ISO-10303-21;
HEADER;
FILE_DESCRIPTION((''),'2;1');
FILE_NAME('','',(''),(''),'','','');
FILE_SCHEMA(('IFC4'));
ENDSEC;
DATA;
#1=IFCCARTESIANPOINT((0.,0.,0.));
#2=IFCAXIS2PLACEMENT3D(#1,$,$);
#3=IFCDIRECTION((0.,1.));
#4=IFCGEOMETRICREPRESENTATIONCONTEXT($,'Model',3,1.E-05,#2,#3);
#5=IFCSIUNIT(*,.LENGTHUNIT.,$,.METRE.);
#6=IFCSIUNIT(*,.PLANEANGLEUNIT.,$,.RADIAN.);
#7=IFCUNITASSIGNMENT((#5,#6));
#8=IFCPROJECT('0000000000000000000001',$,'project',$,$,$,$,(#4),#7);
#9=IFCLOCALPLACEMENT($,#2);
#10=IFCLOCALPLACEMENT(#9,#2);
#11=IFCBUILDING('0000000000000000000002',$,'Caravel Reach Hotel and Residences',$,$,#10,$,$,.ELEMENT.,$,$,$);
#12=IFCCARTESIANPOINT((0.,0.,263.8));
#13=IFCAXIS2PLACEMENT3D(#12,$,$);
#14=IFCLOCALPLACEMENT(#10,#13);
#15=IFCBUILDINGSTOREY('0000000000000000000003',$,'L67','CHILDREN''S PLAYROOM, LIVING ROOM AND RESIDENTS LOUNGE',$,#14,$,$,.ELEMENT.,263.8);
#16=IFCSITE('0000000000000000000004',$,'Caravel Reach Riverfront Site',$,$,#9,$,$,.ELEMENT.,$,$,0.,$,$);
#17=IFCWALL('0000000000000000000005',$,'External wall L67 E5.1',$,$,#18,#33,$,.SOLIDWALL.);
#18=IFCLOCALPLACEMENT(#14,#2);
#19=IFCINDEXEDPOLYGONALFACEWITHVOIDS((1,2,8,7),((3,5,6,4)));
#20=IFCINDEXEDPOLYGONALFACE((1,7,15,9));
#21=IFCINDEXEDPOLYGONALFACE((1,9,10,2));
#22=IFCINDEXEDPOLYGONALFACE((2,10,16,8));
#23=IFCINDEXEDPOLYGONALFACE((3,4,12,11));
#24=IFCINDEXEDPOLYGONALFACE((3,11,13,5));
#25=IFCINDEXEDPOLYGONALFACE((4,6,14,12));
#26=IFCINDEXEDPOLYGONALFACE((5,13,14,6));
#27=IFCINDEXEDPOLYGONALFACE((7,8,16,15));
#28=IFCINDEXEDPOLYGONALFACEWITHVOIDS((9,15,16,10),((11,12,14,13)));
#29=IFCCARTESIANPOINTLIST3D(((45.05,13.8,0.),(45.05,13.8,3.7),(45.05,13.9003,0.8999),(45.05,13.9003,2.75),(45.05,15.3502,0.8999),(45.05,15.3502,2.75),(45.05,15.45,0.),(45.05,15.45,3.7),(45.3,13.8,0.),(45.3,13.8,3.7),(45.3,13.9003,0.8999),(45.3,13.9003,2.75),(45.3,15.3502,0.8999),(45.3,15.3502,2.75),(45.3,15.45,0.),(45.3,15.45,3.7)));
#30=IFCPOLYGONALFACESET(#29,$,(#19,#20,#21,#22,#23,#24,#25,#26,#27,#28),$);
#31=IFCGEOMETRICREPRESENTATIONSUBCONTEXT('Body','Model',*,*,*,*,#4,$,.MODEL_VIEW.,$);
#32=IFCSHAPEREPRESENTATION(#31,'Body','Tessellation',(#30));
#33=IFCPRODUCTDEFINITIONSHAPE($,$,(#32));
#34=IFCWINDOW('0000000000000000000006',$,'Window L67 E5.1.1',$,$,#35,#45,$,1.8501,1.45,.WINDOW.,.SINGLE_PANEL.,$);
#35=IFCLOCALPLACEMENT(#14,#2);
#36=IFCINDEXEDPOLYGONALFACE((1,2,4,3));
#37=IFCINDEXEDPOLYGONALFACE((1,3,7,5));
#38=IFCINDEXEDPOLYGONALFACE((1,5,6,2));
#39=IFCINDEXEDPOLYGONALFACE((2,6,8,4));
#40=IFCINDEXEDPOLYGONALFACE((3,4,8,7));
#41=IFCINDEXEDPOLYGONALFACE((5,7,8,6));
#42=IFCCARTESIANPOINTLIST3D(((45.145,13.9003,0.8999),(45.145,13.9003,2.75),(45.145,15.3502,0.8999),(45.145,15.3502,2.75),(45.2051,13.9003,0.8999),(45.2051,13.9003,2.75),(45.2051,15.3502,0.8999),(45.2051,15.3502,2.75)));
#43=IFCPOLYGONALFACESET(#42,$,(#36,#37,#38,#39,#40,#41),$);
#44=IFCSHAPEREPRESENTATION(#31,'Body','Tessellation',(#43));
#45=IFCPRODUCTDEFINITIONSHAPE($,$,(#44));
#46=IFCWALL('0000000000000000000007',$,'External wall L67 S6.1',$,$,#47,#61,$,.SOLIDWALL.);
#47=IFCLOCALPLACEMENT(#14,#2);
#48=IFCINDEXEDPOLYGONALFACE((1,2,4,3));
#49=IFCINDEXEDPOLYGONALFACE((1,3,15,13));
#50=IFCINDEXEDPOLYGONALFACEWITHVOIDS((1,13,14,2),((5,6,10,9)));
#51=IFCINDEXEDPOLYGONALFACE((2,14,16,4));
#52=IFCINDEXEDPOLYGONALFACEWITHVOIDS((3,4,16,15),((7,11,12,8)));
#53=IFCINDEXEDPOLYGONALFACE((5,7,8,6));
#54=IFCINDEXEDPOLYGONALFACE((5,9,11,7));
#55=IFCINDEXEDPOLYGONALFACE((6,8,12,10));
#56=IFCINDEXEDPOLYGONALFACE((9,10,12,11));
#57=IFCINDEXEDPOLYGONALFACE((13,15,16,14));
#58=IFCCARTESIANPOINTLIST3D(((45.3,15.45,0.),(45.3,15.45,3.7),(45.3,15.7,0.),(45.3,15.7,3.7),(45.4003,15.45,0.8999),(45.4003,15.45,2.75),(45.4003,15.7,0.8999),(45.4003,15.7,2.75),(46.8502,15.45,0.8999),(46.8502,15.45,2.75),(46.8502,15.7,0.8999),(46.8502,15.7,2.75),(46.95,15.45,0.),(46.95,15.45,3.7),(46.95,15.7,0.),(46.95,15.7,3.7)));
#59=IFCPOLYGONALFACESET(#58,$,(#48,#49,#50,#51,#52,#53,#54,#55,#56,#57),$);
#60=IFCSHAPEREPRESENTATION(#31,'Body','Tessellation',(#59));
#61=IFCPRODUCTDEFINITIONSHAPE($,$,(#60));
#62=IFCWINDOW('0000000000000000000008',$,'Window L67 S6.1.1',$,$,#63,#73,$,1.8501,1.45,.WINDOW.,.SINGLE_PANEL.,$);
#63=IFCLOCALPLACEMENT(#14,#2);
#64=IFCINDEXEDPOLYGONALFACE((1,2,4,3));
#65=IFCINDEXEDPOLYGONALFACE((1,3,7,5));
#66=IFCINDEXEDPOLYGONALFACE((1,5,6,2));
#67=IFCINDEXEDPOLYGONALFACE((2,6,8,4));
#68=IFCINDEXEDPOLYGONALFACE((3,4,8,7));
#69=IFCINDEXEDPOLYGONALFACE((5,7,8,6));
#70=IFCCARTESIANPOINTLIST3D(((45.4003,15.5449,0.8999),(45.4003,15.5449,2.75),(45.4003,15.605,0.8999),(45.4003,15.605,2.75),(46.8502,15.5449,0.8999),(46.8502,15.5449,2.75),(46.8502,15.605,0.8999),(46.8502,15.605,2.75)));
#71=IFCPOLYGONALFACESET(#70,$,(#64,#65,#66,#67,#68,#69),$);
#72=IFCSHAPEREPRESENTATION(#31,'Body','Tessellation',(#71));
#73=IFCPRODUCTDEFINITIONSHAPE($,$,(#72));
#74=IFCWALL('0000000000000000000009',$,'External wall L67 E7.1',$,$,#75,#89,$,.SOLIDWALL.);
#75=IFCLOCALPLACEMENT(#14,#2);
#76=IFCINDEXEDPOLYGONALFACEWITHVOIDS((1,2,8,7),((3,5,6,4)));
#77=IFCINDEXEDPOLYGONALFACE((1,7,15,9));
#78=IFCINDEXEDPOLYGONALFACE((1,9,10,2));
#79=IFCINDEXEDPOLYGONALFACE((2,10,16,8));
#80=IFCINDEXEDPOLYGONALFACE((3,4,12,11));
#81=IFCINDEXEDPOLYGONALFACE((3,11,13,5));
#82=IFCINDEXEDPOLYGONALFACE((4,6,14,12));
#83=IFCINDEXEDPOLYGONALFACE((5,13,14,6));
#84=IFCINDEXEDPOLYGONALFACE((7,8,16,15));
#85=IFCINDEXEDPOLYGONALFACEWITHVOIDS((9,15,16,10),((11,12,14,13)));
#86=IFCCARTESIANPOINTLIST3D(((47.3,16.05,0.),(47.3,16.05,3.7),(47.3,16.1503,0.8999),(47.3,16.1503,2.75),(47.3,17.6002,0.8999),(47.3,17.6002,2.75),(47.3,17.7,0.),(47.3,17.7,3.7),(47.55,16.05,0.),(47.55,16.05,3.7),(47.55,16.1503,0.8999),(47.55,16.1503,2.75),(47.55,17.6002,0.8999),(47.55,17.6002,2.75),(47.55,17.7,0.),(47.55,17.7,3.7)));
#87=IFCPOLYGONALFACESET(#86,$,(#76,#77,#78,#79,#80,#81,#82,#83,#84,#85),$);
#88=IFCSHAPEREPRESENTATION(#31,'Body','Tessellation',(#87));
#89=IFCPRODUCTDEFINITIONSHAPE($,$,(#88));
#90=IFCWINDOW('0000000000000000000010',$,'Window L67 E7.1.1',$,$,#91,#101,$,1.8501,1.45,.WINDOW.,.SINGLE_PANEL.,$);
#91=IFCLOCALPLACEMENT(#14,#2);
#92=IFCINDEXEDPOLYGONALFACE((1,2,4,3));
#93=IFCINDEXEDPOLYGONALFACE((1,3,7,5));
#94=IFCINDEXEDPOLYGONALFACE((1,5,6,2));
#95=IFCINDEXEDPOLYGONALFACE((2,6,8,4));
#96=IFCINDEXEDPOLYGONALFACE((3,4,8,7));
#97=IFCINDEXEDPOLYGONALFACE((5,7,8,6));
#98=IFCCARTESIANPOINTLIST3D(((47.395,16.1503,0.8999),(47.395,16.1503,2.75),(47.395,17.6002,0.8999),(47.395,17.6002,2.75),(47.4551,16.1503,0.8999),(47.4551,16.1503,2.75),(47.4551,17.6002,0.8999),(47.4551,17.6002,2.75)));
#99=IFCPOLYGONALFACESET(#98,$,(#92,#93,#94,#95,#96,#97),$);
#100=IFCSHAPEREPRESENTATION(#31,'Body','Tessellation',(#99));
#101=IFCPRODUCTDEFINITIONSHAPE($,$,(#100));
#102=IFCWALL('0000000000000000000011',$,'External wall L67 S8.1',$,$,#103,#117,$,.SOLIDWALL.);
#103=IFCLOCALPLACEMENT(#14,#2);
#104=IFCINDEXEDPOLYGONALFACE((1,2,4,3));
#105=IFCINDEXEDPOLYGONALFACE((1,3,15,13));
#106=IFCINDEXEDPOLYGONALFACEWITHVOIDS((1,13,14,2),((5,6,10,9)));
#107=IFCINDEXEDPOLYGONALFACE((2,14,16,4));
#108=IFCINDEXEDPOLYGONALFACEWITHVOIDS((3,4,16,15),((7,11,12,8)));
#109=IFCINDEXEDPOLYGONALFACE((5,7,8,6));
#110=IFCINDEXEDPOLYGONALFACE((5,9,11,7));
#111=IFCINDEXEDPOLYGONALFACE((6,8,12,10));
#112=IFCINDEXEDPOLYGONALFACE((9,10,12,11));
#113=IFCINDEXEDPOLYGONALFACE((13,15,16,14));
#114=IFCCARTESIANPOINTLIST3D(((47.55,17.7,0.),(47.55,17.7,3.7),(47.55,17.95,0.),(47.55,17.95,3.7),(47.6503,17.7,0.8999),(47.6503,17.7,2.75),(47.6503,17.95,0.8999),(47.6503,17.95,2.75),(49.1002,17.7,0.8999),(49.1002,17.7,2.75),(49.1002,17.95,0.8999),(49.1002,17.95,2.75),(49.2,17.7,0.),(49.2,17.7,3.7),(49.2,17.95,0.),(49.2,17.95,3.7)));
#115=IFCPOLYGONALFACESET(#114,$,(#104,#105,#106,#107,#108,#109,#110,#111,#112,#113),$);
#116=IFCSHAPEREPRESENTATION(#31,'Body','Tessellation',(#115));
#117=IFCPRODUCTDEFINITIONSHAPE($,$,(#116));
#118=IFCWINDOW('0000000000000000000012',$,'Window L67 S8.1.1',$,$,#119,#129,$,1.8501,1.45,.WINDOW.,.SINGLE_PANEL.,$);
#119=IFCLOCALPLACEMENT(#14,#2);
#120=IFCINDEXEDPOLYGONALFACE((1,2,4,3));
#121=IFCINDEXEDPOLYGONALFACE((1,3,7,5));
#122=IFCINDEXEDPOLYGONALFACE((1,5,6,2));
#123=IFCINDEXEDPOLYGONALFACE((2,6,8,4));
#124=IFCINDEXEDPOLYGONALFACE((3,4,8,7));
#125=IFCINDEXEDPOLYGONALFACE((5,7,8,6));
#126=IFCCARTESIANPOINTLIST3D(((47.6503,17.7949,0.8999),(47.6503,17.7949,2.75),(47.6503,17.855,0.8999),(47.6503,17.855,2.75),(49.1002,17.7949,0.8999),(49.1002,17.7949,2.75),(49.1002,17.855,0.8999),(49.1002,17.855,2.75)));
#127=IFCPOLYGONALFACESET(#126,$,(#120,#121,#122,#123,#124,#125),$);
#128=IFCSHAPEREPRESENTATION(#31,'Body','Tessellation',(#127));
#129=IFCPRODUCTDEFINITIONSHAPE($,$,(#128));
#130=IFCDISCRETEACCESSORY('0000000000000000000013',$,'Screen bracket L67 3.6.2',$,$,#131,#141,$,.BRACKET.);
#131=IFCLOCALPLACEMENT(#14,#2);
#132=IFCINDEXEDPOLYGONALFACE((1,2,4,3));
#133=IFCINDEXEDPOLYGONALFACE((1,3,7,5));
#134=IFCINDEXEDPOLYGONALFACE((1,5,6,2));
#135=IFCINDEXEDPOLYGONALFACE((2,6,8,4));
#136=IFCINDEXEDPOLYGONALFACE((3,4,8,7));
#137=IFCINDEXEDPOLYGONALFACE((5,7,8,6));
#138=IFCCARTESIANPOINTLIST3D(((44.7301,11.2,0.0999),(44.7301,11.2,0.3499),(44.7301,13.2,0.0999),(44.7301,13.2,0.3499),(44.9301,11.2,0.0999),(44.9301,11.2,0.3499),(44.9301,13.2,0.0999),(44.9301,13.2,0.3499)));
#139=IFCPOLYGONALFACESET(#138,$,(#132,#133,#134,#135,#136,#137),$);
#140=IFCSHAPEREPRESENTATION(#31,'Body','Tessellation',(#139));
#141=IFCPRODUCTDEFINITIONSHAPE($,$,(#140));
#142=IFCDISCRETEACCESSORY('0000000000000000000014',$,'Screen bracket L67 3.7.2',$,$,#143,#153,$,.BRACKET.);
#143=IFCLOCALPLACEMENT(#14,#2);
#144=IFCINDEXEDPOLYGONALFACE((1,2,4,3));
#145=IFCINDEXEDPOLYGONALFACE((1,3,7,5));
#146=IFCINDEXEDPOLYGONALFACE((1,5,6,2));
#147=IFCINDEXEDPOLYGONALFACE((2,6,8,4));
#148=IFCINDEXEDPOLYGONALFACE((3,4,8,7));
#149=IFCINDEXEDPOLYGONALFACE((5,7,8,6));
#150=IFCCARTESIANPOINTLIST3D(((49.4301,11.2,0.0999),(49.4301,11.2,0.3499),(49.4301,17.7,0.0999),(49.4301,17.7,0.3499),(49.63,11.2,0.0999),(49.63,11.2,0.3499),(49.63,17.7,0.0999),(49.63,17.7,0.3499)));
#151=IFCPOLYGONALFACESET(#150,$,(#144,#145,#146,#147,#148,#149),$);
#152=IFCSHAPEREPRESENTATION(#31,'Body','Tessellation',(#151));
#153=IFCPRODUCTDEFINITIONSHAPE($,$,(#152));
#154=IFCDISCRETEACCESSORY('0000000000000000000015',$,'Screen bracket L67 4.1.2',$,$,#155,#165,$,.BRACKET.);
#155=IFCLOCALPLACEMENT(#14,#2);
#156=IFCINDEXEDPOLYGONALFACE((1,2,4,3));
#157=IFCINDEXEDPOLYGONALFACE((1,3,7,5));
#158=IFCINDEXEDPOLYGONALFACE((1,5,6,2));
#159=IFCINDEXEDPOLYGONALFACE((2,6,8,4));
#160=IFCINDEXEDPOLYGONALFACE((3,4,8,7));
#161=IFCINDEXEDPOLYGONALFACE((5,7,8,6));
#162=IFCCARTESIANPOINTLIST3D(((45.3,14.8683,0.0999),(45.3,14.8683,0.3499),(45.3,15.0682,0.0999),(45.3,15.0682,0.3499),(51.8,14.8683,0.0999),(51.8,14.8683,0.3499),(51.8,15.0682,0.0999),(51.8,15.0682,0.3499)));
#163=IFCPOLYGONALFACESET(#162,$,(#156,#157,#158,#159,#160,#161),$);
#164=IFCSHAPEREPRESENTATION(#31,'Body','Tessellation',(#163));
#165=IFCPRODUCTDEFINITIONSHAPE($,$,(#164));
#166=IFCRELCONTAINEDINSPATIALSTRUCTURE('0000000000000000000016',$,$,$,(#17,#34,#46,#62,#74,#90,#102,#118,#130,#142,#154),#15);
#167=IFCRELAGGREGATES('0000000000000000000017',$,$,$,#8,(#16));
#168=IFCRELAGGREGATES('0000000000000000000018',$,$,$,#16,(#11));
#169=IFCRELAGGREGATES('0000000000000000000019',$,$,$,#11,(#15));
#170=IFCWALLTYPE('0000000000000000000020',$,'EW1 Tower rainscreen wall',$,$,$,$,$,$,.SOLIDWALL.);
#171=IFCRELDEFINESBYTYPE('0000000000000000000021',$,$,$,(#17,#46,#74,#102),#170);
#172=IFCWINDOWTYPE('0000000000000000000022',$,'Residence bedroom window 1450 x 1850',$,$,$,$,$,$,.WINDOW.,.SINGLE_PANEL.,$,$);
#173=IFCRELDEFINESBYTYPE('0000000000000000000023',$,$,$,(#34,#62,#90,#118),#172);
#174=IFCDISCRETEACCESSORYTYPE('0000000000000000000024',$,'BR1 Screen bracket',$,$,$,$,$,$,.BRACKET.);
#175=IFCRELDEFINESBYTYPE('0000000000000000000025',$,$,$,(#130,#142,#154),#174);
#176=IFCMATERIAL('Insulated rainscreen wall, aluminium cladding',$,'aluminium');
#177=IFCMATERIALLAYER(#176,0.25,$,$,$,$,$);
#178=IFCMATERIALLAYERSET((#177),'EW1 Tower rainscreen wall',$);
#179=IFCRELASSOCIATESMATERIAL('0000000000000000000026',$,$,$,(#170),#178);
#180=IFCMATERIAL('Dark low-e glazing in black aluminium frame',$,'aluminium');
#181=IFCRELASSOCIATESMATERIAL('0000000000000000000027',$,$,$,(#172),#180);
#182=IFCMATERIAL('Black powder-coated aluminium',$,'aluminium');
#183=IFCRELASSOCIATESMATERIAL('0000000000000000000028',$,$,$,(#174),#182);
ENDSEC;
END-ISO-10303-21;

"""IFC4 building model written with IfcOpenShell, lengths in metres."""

from ifc_helpers import new_model, si_unit, direction, frame, frame_2d, origin, origin_2d, place, context, subcontext, project, spatial, rectangle, extrude, material, layer, layer_set, type_object, element, fill, save


model = new_model("IFC4")

# Units and contexts
model_context = context("Model", 3, precision=1e-05, world=origin(), true_north=direction((0.0, 1.0)))
body_context = subcontext(model_context, "Body", "Model", "MODEL_VIEW")
ifc_project = project(units=[si_unit("LENGTHUNIT", "METRE"), si_unit("PLANEANGLEUNIT", "RADIAN")], contexts=[model_context])

# Site, building, storey
site_placement = place(None, origin())
site = spatial("IfcSite", under=ifc_project, at=site_placement, Name="Caravel Reach Riverfront Site", CompositionType="ELEMENT", RefElevation=0.0)
building_placement = place(site_placement, origin())
building = spatial("IfcBuilding", under=site, at=building_placement, Name="Caravel Reach Hotel and Residences", CompositionType="ELEMENT")
storey_placement = place(building_placement, frame((0.0, 0.0, 263.8)))
storey = spatial("IfcBuildingStorey", under=building, at=storey_placement, Name="L67", Description="CHILDREN'S PLAYROOM, LIVING ROOM AND RESIDENTS LOUNGE", CompositionType="ELEMENT", Elevation=263.8)

# Walls, openings, windows
ifc_material_1 = material(Name="Insulated rainscreen wall, aluminium cladding", Category="aluminium")
ifc_layer_1 = layer(ifc_material_1, 0.25)
ifc_layer_set_1 = layer_set([ifc_layer_1], Name="EW1 Tower rainscreen wall")
wall_type_1 = type_object("IfcWallType", Name="EW1 Tower rainscreen wall", PredefinedType="SOLIDWALL", material=ifc_layer_set_1)
wall_1_placement = place(storey_placement, frame((45.175, 13.8, 0.0), z_axis=(0.0, 0.0, 1.0), x_axis=(0.0, 1.0, 0.0)))
wall_1 = element("IfcWall", 1, at=wall_1_placement, inside=storey, type_object=wall_type_1, Name="External wall L67 E5.1", PredefinedType="SOLIDWALL", context=body_context, shape_type="SweptSolid", body=[
    extrude(rectangle(XDim=1.6499, YDim=0.25, at=frame_2d((0.825, 0.0))), origin(), (0.0, 0.0, 1.0), 3.7),
])
opening_1_placement = place(wall_1_placement, frame((0.1001, 0.0, 0.8999)))
opening_1 = element("IfcOpeningElement", 2, at=opening_1_placement, cuts=wall_1, PredefinedType="OPENING", context=body_context, shape_type="SweptSolid", body=[
    extrude(rectangle(XDim=1.45, YDim=1.8501, at=frame_2d((0.7251, 0.925))), frame((0.0, 0.135, 0.0), z_axis=(0.0, -1.0, 0.0), x_axis=(1.0, 0.0, 0.0)), (0.0, 0.0, 1.0), 0.27),
])
ifc_material_2 = material(Name="Dark low-e glazing in black aluminium frame", Category="aluminium")
window_type = type_object("IfcWindowType", Name="Residence bedroom window 1450 x 1850", PartitioningType="SINGLE_PANEL", PredefinedType="WINDOW", material=ifc_material_2)
window_1_placement = place(opening_1_placement, origin())
window_1 = element("IfcWindow", 3, at=window_1_placement, inside=storey, type_object=window_type, Name="Window L67 E5.1.1", OverallHeight=1.8501, OverallWidth=1.45, PartitioningType="SINGLE_PANEL", PredefinedType="WINDOW", context=body_context, shape_type="SweptSolid", body=[
    extrude(rectangle(XDim=1.45, YDim=1.8501, at=frame_2d((0.7251, 0.925))), frame((0.0, 0.03, 0.0), z_axis=(0.0, -1.0, 0.0), x_axis=(1.0, 0.0, 0.0)), (0.0, 0.0, 1.0), 0.0601),
])
fill(opening_1, window_1)
wall_2_placement = place(storey_placement, frame((45.3, 15.575, 0.0), z_axis=(0.0, 0.0, 1.0), x_axis=(1.0, 0.0, 0.0)))
wall_2 = element("IfcWall", 4, at=wall_2_placement, inside=storey, type_object=wall_type_1, Name="External wall L67 S6.1", PredefinedType="SOLIDWALL", context=body_context, shape_type="SweptSolid", body=[
    extrude(rectangle(XDim=1.6499, YDim=0.25, at=frame_2d((0.825, 0.0))), origin(), (0.0, 0.0, 1.0), 3.7),
])
opening_2_placement = place(wall_2_placement, frame((0.1001, 0.0, 0.8999)))
opening_2 = element("IfcOpeningElement", 5, at=opening_2_placement, cuts=wall_2, PredefinedType="OPENING", context=body_context, shape_type="SweptSolid", body=[
    extrude(rectangle(XDim=1.45, YDim=1.8501, at=frame_2d((0.7251, 0.925))), frame((0.0, 0.135, 0.0), z_axis=(0.0, -1.0, 0.0), x_axis=(1.0, 0.0, 0.0)), (0.0, 0.0, 1.0), 0.27),
])
window_2_placement = place(opening_2_placement, origin())
window_2 = element("IfcWindow", 6, at=window_2_placement, inside=storey, type_object=window_type, Name="Window L67 S6.1.1", OverallHeight=1.8501, OverallWidth=1.45, PartitioningType="SINGLE_PANEL", PredefinedType="WINDOW", context=body_context, shape_type="SweptSolid", body=[
    extrude(rectangle(XDim=1.45, YDim=1.8501, at=frame_2d((0.7251, 0.925))), frame((0.0, 0.03, 0.0), z_axis=(0.0, -1.0, 0.0), x_axis=(1.0, 0.0, 0.0)), (0.0, 0.0, 1.0), 0.0601),
])
fill(opening_2, window_2)
wall_3_placement = place(storey_placement, frame((47.425, 16.05, 0.0), z_axis=(0.0, 0.0, 1.0), x_axis=(0.0, 1.0, 0.0)))
wall_3 = element("IfcWall", 7, at=wall_3_placement, inside=storey, type_object=wall_type_1, Name="External wall L67 E7.1", PredefinedType="SOLIDWALL", context=body_context, shape_type="SweptSolid", body=[
    extrude(rectangle(XDim=1.6499, YDim=0.25, at=frame_2d((0.825, 0.0))), origin(), (0.0, 0.0, 1.0), 3.7),
])
opening_3_placement = place(wall_3_placement, frame((0.1001, 0.0, 0.8999)))
opening_3 = element("IfcOpeningElement", 8, at=opening_3_placement, cuts=wall_3, PredefinedType="OPENING", context=body_context, shape_type="SweptSolid", body=[
    extrude(rectangle(XDim=1.45, YDim=1.8501, at=frame_2d((0.7251, 0.925))), frame((0.0, 0.135, 0.0), z_axis=(0.0, -1.0, 0.0), x_axis=(1.0, 0.0, 0.0)), (0.0, 0.0, 1.0), 0.27),
])
window_3_placement = place(opening_3_placement, origin())
window_3 = element("IfcWindow", 9, at=window_3_placement, inside=storey, type_object=window_type, Name="Window L67 E7.1.1", OverallHeight=1.8501, OverallWidth=1.45, PartitioningType="SINGLE_PANEL", PredefinedType="WINDOW", context=body_context, shape_type="SweptSolid", body=[
    extrude(rectangle(XDim=1.45, YDim=1.8501, at=frame_2d((0.7251, 0.925))), frame((0.0, 0.03, 0.0), z_axis=(0.0, -1.0, 0.0), x_axis=(1.0, 0.0, 0.0)), (0.0, 0.0, 1.0), 0.0601),
])
fill(opening_3, window_3)
wall_4_placement = place(storey_placement, frame((47.55, 17.825, 0.0), z_axis=(0.0, 0.0, 1.0), x_axis=(1.0, 0.0, 0.0)))
wall_4 = element("IfcWall", 10, at=wall_4_placement, inside=storey, type_object=wall_type_1, Name="External wall L67 S8.1", PredefinedType="SOLIDWALL", context=body_context, shape_type="SweptSolid", body=[
    extrude(rectangle(XDim=1.6499, YDim=0.25, at=frame_2d((0.825, 0.0))), origin(), (0.0, 0.0, 1.0), 3.7),
])
opening_4_placement = place(wall_4_placement, frame((0.1001, 0.0, 0.8999)))
opening_4 = element("IfcOpeningElement", 11, at=opening_4_placement, cuts=wall_4, PredefinedType="OPENING", context=body_context, shape_type="SweptSolid", body=[
    extrude(rectangle(XDim=1.45, YDim=1.8501, at=frame_2d((0.7251, 0.925))), frame((0.0, 0.135, 0.0), z_axis=(0.0, -1.0, 0.0), x_axis=(1.0, 0.0, 0.0)), (0.0, 0.0, 1.0), 0.27),
])
window_4_placement = place(opening_4_placement, origin())
window_4 = element("IfcWindow", 12, at=window_4_placement, inside=storey, type_object=window_type, Name="Window L67 S8.1.1", OverallHeight=1.8501, OverallWidth=1.45, PartitioningType="SINGLE_PANEL", PredefinedType="WINDOW", context=body_context, shape_type="SweptSolid", body=[
    extrude(rectangle(XDim=1.45, YDim=1.8501, at=frame_2d((0.7251, 0.925))), frame((0.0, 0.03, 0.0), z_axis=(0.0, -1.0, 0.0), x_axis=(1.0, 0.0, 0.0)), (0.0, 0.0, 1.0), 0.0601),
])
fill(opening_4, window_4)

# Discrete accessories
ifc_material_3 = material(Name="Black powder-coated aluminium", Category="aluminium")
discrete_accessory_type = type_object("IfcDiscreteAccessoryType", Name="BR1 Screen bracket", PredefinedType="BRACKET", material=ifc_material_3)
discrete_accessory_placement = place(storey_placement, frame((44.8301, 12.2, 0.0999), z_axis=(0.0, 0.0, 1.0), x_axis=(0.0, -1.0, 0.0)))
element("IfcDiscreteAccessory", 13, at=discrete_accessory_placement, inside=storey, type_object=discrete_accessory_type, Name="Screen bracket L67 3.6.2", PredefinedType="BRACKET", context=body_context, shape_type="SweptSolid", body=[
    extrude(rectangle(XDim=2.0, YDim=0.2, at=origin_2d()), origin(), (0.0, 0.0, 1.0), 0.25),
])
for number, where, z_axis, x_axis, name in (
    (14, (49.53, 14.45, 0.0999), (0.0, 0.0, 1.0), (0.0, -1.0, 0.0), "Screen bracket L67 3.7.2"),
    (15, (48.55, 14.9683, 0.0999), (0.0, 0.0, 1.0), (1.0, 0.0, 0.0), "Screen bracket L67 4.1.2"),
):
    element("IfcDiscreteAccessory", number, at=place(storey_placement, frame(where, z_axis=z_axis, x_axis=x_axis)), inside=storey, type_object=discrete_accessory_type, Name=name, PredefinedType="BRACKET", context=body_context, shape_type="SweptSolid", body=[
        extrude(rectangle(XDim=6.5, YDim=0.2, at=origin_2d()), origin(), (0.0, 0.0, 1.0), 0.25),
    ])

save(model, "model.ifc")
